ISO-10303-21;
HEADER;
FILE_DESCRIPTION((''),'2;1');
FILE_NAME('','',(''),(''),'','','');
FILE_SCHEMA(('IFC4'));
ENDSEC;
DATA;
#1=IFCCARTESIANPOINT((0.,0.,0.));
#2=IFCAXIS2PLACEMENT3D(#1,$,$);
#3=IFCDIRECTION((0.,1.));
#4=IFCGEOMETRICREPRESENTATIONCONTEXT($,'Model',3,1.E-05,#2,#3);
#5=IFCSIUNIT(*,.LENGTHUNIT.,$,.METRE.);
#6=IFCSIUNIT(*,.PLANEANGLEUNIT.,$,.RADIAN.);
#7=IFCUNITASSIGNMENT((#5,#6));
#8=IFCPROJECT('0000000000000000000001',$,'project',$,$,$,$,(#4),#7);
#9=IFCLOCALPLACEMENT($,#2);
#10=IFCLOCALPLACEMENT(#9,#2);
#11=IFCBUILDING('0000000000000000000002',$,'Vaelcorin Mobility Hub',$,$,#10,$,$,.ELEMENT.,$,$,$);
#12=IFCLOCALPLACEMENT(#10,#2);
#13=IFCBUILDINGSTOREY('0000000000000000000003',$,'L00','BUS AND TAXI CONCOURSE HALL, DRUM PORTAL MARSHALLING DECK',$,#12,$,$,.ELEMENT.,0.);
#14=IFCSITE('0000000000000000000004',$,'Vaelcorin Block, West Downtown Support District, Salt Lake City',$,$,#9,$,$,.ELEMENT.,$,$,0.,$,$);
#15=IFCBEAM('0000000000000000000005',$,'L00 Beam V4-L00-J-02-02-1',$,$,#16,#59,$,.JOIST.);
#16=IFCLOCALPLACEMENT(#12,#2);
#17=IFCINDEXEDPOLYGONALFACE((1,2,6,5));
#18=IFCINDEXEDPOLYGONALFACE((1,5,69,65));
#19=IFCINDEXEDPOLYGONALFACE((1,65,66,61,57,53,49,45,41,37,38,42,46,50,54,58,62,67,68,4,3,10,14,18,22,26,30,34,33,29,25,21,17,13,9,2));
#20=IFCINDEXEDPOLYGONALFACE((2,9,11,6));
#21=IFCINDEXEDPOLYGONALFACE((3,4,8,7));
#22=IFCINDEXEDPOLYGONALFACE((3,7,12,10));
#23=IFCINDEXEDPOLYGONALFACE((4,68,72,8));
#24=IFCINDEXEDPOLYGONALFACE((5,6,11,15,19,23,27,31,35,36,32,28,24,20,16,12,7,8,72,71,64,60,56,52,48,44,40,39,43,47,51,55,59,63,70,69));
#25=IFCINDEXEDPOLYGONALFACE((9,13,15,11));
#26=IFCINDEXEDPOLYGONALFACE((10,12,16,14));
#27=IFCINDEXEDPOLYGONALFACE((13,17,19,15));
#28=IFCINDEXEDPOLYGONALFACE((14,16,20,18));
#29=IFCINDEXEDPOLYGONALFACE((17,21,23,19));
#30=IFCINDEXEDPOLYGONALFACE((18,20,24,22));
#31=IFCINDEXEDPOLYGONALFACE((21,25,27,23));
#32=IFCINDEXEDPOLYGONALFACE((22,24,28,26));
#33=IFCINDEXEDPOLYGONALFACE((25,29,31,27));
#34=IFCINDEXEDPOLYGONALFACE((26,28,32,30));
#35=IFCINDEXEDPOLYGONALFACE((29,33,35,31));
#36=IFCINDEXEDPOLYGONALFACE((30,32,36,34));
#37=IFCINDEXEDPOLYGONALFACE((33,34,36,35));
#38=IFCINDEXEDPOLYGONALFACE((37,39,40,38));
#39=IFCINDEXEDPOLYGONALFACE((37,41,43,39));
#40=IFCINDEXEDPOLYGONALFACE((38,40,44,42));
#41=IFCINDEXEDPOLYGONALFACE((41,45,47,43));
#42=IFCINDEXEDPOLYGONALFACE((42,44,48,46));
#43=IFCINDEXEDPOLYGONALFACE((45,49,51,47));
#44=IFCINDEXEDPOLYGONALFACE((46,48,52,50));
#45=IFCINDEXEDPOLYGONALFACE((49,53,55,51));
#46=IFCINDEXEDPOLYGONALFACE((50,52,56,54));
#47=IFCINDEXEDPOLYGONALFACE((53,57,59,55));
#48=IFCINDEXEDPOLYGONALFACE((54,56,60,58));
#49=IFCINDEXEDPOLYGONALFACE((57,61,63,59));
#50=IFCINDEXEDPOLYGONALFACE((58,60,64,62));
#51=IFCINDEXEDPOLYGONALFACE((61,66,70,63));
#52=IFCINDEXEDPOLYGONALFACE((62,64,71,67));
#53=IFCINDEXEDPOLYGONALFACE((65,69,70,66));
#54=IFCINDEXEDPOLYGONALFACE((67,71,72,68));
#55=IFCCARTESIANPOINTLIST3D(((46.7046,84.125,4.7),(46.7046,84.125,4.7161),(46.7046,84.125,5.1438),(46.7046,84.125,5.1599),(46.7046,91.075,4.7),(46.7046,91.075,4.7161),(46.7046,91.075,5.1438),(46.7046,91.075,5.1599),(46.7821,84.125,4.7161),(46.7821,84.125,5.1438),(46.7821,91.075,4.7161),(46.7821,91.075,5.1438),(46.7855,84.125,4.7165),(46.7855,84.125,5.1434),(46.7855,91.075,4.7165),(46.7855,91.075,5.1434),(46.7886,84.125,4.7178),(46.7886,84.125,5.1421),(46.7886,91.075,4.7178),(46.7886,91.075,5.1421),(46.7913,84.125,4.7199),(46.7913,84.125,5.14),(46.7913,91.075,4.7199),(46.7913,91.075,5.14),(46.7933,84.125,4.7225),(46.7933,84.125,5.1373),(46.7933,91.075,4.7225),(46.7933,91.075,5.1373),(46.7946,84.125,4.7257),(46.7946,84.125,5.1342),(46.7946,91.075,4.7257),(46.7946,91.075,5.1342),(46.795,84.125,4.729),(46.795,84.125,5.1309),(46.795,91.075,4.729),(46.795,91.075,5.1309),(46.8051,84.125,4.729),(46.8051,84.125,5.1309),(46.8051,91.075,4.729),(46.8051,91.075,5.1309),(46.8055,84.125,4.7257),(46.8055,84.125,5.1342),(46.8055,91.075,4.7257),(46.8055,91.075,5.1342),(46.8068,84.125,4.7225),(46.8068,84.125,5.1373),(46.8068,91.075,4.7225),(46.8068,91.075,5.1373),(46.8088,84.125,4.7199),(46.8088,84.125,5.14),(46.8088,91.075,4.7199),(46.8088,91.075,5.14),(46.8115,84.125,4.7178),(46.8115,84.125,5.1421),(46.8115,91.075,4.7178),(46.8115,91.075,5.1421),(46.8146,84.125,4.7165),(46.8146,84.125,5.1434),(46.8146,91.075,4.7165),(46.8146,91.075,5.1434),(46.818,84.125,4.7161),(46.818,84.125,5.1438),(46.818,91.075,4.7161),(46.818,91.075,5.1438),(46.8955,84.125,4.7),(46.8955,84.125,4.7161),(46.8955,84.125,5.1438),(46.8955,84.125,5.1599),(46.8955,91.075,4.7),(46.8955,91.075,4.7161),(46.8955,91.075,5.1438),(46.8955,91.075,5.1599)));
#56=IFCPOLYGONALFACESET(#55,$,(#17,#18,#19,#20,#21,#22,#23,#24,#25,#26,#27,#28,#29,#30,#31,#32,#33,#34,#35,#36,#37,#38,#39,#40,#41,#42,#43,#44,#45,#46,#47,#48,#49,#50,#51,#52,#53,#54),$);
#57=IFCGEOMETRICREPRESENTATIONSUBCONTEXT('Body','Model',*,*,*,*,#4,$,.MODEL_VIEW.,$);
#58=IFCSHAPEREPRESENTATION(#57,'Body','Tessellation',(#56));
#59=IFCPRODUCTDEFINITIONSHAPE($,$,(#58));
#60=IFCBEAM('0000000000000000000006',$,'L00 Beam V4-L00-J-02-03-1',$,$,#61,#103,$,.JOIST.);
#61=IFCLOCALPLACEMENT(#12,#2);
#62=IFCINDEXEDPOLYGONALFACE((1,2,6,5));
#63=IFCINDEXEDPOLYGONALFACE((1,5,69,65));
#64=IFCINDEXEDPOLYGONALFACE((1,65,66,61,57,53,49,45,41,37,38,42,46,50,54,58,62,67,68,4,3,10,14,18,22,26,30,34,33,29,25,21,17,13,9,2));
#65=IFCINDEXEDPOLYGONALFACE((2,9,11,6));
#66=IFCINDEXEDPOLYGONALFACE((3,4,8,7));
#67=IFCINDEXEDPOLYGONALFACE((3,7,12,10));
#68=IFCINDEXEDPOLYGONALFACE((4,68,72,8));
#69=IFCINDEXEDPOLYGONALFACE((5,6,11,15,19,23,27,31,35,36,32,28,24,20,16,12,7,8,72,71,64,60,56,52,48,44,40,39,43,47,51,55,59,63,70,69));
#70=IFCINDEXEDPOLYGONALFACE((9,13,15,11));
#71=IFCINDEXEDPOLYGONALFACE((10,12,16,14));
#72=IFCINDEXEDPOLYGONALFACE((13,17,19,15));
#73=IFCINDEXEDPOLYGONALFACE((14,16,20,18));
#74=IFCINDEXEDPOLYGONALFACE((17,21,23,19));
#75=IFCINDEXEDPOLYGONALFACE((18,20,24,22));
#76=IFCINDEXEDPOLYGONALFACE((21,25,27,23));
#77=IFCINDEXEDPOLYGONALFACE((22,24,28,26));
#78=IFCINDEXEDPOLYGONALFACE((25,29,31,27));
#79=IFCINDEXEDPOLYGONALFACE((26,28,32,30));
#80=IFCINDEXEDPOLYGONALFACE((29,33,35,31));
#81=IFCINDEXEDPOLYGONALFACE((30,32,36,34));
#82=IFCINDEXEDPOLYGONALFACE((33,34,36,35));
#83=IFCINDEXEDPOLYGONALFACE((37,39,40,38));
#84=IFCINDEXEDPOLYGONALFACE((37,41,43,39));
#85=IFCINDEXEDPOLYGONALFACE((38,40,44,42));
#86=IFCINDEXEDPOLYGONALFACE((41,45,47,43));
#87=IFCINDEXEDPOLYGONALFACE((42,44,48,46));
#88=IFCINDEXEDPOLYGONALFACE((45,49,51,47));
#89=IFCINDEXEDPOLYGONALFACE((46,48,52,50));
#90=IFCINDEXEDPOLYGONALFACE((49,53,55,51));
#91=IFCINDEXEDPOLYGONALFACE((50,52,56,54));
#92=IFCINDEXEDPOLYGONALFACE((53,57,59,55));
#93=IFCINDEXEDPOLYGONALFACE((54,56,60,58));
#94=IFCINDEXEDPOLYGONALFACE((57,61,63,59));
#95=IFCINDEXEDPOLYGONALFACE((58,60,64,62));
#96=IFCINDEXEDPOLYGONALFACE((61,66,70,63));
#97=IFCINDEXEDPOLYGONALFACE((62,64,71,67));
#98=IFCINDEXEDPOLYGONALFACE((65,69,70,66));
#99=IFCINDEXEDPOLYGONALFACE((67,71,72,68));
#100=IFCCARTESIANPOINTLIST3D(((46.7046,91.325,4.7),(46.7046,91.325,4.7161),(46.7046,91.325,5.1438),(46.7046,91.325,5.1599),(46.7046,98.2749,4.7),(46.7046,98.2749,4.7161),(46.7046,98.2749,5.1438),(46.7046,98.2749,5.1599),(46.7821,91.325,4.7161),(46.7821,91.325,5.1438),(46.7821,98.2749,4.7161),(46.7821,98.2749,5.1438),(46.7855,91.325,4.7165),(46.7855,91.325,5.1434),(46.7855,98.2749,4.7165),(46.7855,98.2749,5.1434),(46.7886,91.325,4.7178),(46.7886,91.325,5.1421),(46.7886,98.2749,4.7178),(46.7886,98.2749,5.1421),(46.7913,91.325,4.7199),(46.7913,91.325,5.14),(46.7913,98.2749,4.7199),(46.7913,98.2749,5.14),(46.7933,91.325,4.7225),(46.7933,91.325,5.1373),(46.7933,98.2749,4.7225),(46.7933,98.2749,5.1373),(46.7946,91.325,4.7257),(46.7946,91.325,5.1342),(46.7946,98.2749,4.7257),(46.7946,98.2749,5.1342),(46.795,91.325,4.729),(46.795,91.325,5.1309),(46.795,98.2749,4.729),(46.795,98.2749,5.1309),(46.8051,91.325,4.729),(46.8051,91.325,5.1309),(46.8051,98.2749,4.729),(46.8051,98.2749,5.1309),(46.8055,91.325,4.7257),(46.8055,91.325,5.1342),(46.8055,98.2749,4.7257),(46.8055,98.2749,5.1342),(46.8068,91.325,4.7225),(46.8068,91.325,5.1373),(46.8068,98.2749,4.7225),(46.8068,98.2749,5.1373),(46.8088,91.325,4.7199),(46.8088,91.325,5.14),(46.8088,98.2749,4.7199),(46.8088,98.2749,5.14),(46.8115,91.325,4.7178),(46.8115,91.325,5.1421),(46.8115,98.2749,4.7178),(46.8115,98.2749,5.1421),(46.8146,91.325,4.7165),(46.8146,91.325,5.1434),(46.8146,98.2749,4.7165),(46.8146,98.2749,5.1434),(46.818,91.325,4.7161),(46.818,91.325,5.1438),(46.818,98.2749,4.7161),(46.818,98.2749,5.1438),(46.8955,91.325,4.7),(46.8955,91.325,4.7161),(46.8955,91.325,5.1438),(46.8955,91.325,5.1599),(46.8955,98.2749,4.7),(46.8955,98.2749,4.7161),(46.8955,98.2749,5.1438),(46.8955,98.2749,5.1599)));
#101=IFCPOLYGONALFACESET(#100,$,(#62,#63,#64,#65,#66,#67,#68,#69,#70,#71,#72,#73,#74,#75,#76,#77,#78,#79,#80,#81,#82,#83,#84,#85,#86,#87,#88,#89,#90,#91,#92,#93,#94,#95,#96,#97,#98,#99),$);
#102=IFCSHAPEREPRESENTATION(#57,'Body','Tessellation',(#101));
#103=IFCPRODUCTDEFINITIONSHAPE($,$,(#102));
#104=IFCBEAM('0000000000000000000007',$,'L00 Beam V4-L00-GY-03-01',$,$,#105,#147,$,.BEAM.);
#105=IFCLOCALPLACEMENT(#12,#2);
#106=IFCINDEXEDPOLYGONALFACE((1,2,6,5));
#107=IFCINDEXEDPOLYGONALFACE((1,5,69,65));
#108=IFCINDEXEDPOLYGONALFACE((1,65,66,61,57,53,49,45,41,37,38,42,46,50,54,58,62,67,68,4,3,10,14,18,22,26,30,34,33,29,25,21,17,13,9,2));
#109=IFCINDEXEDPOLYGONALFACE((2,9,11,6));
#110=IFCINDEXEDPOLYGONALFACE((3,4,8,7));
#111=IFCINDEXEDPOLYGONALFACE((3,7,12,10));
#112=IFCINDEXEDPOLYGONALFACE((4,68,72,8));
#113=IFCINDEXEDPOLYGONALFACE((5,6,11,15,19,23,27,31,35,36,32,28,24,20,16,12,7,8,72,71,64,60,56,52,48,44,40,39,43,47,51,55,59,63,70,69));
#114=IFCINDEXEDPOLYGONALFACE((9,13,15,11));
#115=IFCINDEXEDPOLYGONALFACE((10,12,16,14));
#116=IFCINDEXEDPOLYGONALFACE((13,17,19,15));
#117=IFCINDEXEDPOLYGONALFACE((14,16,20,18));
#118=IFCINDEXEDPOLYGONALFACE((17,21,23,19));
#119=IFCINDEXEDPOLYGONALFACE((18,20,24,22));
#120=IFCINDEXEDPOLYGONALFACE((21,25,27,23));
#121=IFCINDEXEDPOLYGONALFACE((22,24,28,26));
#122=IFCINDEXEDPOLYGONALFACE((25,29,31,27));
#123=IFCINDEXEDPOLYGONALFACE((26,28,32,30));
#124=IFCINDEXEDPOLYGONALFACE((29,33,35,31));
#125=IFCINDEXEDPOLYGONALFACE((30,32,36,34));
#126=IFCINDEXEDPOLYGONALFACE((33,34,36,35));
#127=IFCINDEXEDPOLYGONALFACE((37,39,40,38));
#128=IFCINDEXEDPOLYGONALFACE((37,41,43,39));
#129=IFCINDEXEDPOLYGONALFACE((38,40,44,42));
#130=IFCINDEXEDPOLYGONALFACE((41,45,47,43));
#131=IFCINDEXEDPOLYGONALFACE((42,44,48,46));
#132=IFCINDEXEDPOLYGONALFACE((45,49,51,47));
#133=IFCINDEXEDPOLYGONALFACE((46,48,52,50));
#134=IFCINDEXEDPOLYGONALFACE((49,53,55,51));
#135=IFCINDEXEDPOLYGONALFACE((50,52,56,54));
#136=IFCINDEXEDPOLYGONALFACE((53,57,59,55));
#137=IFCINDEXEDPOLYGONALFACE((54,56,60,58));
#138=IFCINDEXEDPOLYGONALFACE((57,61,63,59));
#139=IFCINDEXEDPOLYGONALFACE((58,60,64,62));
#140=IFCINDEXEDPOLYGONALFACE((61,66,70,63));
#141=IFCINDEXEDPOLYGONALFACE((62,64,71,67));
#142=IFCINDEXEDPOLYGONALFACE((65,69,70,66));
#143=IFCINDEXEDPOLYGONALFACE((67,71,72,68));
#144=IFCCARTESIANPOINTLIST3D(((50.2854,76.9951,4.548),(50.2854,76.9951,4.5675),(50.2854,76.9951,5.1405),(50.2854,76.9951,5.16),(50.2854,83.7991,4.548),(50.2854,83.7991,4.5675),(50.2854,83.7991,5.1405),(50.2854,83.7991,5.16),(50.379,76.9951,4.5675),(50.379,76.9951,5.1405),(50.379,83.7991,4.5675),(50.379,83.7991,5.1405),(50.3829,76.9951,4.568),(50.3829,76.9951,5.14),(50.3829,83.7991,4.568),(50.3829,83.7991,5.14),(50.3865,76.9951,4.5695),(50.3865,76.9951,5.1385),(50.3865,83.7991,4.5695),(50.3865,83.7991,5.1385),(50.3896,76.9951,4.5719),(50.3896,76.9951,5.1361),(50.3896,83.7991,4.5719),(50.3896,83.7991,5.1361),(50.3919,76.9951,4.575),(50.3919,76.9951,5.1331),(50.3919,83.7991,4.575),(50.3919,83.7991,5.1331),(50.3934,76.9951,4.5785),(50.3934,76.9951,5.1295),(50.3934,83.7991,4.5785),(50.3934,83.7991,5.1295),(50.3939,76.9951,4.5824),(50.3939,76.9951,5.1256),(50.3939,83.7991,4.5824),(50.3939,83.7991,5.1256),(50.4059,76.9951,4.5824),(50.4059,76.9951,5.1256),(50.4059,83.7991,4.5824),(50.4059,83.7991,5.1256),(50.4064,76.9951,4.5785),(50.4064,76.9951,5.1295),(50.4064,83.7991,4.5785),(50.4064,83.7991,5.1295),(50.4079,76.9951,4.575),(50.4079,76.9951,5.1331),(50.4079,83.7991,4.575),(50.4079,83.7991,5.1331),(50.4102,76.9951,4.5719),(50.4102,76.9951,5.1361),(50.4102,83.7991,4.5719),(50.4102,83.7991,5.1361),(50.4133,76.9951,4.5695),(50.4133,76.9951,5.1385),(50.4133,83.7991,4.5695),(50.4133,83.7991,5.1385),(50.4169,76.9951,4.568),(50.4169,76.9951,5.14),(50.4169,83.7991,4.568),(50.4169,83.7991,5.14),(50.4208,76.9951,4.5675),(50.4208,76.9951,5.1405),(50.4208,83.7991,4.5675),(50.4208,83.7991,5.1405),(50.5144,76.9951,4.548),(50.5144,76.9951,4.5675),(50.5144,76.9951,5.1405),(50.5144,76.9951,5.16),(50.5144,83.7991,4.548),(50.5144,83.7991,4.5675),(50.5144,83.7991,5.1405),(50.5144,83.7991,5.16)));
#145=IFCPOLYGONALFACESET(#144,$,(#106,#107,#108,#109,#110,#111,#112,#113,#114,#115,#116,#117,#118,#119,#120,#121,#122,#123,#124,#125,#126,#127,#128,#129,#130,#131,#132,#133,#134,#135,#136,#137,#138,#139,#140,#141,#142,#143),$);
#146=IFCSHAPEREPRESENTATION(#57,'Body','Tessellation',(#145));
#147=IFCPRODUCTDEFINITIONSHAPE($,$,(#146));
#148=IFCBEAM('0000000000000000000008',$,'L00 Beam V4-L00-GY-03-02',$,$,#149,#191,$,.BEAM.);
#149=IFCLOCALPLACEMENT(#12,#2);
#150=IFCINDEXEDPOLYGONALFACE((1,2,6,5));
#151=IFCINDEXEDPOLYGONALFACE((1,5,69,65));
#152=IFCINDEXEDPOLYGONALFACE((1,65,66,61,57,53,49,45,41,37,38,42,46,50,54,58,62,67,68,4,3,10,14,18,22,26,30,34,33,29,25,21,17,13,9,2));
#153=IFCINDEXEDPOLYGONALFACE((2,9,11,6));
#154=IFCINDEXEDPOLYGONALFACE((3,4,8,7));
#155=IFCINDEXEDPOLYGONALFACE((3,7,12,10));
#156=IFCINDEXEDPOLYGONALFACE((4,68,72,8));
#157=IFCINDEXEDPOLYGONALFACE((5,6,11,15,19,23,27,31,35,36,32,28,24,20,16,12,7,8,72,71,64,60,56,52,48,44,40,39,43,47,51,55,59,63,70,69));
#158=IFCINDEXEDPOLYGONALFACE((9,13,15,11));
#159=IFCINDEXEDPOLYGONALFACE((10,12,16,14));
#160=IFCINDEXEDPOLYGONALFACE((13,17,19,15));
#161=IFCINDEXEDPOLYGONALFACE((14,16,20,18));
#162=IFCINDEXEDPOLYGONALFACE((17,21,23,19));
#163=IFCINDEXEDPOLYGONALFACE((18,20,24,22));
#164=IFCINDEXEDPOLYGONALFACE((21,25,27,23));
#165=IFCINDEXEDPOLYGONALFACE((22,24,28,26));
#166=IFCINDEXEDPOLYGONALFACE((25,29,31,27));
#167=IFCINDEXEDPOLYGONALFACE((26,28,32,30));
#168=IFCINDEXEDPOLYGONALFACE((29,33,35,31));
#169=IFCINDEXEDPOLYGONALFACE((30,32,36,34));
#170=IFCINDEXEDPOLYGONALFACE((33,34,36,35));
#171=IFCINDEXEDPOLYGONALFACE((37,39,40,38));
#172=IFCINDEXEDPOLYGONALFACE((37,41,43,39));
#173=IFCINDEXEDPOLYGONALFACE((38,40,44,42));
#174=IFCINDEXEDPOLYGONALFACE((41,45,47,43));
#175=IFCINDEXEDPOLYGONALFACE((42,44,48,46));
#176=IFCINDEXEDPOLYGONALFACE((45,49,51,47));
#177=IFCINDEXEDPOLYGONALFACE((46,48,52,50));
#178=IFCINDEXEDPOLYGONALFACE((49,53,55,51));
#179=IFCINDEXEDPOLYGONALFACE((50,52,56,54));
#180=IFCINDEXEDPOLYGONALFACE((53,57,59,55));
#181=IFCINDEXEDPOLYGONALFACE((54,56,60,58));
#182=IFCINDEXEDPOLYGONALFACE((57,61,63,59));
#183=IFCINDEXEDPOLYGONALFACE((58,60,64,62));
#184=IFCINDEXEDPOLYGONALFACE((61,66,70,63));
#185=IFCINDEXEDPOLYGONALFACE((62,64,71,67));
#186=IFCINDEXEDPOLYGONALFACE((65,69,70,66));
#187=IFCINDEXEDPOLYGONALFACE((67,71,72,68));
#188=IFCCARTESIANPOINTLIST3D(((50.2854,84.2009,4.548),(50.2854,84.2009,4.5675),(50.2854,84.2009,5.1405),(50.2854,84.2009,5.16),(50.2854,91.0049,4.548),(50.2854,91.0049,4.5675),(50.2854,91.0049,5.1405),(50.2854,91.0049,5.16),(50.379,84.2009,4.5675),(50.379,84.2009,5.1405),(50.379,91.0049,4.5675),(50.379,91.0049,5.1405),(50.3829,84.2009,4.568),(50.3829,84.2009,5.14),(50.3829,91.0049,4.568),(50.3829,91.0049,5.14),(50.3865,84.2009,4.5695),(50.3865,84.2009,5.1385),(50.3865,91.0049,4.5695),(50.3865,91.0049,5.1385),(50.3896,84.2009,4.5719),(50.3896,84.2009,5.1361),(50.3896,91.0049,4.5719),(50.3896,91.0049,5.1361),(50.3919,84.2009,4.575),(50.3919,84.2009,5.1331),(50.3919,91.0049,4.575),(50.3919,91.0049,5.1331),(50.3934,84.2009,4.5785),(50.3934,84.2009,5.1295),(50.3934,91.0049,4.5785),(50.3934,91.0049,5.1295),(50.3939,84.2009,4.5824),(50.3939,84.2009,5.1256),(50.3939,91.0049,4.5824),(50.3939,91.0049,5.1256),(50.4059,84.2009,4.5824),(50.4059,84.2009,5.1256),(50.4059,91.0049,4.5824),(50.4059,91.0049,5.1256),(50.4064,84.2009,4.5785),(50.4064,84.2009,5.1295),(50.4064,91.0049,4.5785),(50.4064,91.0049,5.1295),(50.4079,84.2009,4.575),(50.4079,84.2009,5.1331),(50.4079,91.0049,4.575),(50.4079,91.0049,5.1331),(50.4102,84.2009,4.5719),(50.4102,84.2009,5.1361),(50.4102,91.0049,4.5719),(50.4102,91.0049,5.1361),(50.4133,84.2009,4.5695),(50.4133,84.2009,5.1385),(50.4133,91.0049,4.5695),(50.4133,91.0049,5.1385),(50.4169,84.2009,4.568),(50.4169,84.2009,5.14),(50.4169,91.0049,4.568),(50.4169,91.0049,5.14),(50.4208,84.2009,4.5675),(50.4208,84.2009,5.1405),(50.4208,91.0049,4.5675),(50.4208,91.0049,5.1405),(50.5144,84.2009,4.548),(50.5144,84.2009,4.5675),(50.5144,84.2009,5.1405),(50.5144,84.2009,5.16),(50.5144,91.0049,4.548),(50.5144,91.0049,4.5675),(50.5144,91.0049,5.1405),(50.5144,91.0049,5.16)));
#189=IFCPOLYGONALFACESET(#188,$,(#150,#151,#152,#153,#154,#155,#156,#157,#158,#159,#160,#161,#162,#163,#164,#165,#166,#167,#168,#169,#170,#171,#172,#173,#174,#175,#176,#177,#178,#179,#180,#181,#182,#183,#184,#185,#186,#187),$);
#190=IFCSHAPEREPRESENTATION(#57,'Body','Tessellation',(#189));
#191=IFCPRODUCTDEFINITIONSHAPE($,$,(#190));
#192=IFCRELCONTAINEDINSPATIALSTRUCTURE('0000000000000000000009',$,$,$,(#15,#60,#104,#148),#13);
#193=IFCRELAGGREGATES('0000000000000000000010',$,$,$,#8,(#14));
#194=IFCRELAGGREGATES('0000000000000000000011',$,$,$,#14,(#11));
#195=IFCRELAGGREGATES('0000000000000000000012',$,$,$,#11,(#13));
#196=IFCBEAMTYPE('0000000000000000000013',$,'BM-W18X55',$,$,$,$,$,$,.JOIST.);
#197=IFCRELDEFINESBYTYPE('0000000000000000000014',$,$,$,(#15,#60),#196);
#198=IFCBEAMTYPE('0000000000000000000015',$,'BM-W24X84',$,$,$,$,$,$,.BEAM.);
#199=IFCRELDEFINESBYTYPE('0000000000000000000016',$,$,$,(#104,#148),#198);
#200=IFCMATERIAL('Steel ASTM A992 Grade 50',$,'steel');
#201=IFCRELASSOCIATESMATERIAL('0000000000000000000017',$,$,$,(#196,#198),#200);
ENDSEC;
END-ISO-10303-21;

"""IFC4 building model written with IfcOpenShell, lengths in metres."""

from ifc_helpers import new_model, si_unit, direction, frame, origin, origin_2d, place, context, subcontext, project, spatial, i_section, extrude, material, material_profile, profile_set, type_object, element, save


model = new_model("IFC4")

# Units and contexts
model_context = context("Model", 3, precision=1e-05, world=origin(), true_north=direction((0.0, 1.0)))
body_context = subcontext(model_context, "Body", "Model", "MODEL_VIEW")
ifc_project = project(units=[si_unit("LENGTHUNIT", "METRE"), si_unit("PLANEANGLEUNIT", "RADIAN")], contexts=[model_context])

# Site, building, storey
site_placement = place(None, origin())
site = spatial("IfcSite", under=ifc_project, at=site_placement, Name="Vaelcorin Block, West Downtown Support District, Salt Lake City", CompositionType="ELEMENT", RefElevation=0.0)
building_placement = place(site_placement, origin())
building = spatial("IfcBuilding", under=site, at=building_placement, Name="Vaelcorin Mobility Hub", CompositionType="ELEMENT")
storey_placement = place(building_placement, origin())
storey = spatial("IfcBuildingStorey", under=building, at=storey_placement, Name="L00", Description="BUS AND TAXI CONCOURSE HALL, DRUM PORTAL MARSHALLING DECK", CompositionType="ELEMENT", Elevation=0.0)

# Shared definitions
ifc_material_1 = material(Name="Steel ASTM A992 Grade 50", Category="steel")

# Beams
ifc_material_profile_1 = material_profile(ifc_material_1, i_section(OverallWidth=0.1909, OverallDepth=0.46, WebThickness=0.01, FlangeThickness=0.0161, FilletRadius=0.0129, at=origin_2d()), Name="W18X55")
ifc_profile_set_1 = profile_set([ifc_material_profile_1], Name="Steel ASTM A992 Grade 50")
beam_type_1 = type_object("IfcBeamType", Name="BM-W18X55", PredefinedType="JOIST", material=ifc_profile_set_1)
for number, where, z_axis, x_axis, name in (
    (1, (46.8, 84.125, 4.9299), (0.0, 1.0, 0.0), (-1.0, 0.0, 0.0), "L00 Beam V4-L00-J-02-02-1"),
    (2, (46.8, 91.325, 4.9299), (0.0, 1.0, 0.0), (-1.0, 0.0, 0.0), "L00 Beam V4-L00-J-02-03-1"),
):
    element("IfcBeam", number, at=place(storey_placement, frame(where, z_axis=z_axis, x_axis=x_axis)), inside=storey, type_object=beam_type_1, Name=name, PredefinedType="JOIST", context=body_context, shape_type="SweptSolid", body=[
        extrude(i_section(OverallWidth=0.1909, OverallDepth=0.46, WebThickness=0.01, FlangeThickness=0.0161, FilletRadius=0.0129, at=origin_2d()), origin(), (0.0, 0.0, 1.0), 6.95),
    ])
ifc_material_profile_2 = material_profile(ifc_material_1, i_section(OverallWidth=0.229, OverallDepth=0.6121, WebThickness=0.012, FlangeThickness=0.0195, FilletRadius=0.0149, at=origin_2d()), Name="W24X84")
ifc_profile_set_2 = profile_set([ifc_material_profile_2], Name="Steel ASTM A992 Grade 50")
beam_type_2 = type_object("IfcBeamType", Name="BM-W24X84", PredefinedType="BEAM", material=ifc_profile_set_2)
for number, where, z_axis, x_axis, name in (
    (3, (50.3999, 76.9951, 4.854), (0.0, 1.0, 0.0), (-1.0, 0.0, 0.0), "L00 Beam V4-L00-GY-03-01"),
    (4, (50.3999, 84.2009, 4.854), (0.0, 1.0, 0.0), (-1.0, 0.0, 0.0), "L00 Beam V4-L00-GY-03-02"),
):
    element("IfcBeam", number, at=place(storey_placement, frame(where, z_axis=z_axis, x_axis=x_axis)), inside=storey, type_object=beam_type_2, Name=name, PredefinedType="BEAM", context=body_context, shape_type="SweptSolid", body=[
        extrude(i_section(OverallWidth=0.229, OverallDepth=0.6121, WebThickness=0.012, FlangeThickness=0.0195, FilletRadius=0.0149, at=origin_2d()), origin(), (0.0, 0.0, 1.0), 6.804),
    ])

save(model, "model.ifc")
